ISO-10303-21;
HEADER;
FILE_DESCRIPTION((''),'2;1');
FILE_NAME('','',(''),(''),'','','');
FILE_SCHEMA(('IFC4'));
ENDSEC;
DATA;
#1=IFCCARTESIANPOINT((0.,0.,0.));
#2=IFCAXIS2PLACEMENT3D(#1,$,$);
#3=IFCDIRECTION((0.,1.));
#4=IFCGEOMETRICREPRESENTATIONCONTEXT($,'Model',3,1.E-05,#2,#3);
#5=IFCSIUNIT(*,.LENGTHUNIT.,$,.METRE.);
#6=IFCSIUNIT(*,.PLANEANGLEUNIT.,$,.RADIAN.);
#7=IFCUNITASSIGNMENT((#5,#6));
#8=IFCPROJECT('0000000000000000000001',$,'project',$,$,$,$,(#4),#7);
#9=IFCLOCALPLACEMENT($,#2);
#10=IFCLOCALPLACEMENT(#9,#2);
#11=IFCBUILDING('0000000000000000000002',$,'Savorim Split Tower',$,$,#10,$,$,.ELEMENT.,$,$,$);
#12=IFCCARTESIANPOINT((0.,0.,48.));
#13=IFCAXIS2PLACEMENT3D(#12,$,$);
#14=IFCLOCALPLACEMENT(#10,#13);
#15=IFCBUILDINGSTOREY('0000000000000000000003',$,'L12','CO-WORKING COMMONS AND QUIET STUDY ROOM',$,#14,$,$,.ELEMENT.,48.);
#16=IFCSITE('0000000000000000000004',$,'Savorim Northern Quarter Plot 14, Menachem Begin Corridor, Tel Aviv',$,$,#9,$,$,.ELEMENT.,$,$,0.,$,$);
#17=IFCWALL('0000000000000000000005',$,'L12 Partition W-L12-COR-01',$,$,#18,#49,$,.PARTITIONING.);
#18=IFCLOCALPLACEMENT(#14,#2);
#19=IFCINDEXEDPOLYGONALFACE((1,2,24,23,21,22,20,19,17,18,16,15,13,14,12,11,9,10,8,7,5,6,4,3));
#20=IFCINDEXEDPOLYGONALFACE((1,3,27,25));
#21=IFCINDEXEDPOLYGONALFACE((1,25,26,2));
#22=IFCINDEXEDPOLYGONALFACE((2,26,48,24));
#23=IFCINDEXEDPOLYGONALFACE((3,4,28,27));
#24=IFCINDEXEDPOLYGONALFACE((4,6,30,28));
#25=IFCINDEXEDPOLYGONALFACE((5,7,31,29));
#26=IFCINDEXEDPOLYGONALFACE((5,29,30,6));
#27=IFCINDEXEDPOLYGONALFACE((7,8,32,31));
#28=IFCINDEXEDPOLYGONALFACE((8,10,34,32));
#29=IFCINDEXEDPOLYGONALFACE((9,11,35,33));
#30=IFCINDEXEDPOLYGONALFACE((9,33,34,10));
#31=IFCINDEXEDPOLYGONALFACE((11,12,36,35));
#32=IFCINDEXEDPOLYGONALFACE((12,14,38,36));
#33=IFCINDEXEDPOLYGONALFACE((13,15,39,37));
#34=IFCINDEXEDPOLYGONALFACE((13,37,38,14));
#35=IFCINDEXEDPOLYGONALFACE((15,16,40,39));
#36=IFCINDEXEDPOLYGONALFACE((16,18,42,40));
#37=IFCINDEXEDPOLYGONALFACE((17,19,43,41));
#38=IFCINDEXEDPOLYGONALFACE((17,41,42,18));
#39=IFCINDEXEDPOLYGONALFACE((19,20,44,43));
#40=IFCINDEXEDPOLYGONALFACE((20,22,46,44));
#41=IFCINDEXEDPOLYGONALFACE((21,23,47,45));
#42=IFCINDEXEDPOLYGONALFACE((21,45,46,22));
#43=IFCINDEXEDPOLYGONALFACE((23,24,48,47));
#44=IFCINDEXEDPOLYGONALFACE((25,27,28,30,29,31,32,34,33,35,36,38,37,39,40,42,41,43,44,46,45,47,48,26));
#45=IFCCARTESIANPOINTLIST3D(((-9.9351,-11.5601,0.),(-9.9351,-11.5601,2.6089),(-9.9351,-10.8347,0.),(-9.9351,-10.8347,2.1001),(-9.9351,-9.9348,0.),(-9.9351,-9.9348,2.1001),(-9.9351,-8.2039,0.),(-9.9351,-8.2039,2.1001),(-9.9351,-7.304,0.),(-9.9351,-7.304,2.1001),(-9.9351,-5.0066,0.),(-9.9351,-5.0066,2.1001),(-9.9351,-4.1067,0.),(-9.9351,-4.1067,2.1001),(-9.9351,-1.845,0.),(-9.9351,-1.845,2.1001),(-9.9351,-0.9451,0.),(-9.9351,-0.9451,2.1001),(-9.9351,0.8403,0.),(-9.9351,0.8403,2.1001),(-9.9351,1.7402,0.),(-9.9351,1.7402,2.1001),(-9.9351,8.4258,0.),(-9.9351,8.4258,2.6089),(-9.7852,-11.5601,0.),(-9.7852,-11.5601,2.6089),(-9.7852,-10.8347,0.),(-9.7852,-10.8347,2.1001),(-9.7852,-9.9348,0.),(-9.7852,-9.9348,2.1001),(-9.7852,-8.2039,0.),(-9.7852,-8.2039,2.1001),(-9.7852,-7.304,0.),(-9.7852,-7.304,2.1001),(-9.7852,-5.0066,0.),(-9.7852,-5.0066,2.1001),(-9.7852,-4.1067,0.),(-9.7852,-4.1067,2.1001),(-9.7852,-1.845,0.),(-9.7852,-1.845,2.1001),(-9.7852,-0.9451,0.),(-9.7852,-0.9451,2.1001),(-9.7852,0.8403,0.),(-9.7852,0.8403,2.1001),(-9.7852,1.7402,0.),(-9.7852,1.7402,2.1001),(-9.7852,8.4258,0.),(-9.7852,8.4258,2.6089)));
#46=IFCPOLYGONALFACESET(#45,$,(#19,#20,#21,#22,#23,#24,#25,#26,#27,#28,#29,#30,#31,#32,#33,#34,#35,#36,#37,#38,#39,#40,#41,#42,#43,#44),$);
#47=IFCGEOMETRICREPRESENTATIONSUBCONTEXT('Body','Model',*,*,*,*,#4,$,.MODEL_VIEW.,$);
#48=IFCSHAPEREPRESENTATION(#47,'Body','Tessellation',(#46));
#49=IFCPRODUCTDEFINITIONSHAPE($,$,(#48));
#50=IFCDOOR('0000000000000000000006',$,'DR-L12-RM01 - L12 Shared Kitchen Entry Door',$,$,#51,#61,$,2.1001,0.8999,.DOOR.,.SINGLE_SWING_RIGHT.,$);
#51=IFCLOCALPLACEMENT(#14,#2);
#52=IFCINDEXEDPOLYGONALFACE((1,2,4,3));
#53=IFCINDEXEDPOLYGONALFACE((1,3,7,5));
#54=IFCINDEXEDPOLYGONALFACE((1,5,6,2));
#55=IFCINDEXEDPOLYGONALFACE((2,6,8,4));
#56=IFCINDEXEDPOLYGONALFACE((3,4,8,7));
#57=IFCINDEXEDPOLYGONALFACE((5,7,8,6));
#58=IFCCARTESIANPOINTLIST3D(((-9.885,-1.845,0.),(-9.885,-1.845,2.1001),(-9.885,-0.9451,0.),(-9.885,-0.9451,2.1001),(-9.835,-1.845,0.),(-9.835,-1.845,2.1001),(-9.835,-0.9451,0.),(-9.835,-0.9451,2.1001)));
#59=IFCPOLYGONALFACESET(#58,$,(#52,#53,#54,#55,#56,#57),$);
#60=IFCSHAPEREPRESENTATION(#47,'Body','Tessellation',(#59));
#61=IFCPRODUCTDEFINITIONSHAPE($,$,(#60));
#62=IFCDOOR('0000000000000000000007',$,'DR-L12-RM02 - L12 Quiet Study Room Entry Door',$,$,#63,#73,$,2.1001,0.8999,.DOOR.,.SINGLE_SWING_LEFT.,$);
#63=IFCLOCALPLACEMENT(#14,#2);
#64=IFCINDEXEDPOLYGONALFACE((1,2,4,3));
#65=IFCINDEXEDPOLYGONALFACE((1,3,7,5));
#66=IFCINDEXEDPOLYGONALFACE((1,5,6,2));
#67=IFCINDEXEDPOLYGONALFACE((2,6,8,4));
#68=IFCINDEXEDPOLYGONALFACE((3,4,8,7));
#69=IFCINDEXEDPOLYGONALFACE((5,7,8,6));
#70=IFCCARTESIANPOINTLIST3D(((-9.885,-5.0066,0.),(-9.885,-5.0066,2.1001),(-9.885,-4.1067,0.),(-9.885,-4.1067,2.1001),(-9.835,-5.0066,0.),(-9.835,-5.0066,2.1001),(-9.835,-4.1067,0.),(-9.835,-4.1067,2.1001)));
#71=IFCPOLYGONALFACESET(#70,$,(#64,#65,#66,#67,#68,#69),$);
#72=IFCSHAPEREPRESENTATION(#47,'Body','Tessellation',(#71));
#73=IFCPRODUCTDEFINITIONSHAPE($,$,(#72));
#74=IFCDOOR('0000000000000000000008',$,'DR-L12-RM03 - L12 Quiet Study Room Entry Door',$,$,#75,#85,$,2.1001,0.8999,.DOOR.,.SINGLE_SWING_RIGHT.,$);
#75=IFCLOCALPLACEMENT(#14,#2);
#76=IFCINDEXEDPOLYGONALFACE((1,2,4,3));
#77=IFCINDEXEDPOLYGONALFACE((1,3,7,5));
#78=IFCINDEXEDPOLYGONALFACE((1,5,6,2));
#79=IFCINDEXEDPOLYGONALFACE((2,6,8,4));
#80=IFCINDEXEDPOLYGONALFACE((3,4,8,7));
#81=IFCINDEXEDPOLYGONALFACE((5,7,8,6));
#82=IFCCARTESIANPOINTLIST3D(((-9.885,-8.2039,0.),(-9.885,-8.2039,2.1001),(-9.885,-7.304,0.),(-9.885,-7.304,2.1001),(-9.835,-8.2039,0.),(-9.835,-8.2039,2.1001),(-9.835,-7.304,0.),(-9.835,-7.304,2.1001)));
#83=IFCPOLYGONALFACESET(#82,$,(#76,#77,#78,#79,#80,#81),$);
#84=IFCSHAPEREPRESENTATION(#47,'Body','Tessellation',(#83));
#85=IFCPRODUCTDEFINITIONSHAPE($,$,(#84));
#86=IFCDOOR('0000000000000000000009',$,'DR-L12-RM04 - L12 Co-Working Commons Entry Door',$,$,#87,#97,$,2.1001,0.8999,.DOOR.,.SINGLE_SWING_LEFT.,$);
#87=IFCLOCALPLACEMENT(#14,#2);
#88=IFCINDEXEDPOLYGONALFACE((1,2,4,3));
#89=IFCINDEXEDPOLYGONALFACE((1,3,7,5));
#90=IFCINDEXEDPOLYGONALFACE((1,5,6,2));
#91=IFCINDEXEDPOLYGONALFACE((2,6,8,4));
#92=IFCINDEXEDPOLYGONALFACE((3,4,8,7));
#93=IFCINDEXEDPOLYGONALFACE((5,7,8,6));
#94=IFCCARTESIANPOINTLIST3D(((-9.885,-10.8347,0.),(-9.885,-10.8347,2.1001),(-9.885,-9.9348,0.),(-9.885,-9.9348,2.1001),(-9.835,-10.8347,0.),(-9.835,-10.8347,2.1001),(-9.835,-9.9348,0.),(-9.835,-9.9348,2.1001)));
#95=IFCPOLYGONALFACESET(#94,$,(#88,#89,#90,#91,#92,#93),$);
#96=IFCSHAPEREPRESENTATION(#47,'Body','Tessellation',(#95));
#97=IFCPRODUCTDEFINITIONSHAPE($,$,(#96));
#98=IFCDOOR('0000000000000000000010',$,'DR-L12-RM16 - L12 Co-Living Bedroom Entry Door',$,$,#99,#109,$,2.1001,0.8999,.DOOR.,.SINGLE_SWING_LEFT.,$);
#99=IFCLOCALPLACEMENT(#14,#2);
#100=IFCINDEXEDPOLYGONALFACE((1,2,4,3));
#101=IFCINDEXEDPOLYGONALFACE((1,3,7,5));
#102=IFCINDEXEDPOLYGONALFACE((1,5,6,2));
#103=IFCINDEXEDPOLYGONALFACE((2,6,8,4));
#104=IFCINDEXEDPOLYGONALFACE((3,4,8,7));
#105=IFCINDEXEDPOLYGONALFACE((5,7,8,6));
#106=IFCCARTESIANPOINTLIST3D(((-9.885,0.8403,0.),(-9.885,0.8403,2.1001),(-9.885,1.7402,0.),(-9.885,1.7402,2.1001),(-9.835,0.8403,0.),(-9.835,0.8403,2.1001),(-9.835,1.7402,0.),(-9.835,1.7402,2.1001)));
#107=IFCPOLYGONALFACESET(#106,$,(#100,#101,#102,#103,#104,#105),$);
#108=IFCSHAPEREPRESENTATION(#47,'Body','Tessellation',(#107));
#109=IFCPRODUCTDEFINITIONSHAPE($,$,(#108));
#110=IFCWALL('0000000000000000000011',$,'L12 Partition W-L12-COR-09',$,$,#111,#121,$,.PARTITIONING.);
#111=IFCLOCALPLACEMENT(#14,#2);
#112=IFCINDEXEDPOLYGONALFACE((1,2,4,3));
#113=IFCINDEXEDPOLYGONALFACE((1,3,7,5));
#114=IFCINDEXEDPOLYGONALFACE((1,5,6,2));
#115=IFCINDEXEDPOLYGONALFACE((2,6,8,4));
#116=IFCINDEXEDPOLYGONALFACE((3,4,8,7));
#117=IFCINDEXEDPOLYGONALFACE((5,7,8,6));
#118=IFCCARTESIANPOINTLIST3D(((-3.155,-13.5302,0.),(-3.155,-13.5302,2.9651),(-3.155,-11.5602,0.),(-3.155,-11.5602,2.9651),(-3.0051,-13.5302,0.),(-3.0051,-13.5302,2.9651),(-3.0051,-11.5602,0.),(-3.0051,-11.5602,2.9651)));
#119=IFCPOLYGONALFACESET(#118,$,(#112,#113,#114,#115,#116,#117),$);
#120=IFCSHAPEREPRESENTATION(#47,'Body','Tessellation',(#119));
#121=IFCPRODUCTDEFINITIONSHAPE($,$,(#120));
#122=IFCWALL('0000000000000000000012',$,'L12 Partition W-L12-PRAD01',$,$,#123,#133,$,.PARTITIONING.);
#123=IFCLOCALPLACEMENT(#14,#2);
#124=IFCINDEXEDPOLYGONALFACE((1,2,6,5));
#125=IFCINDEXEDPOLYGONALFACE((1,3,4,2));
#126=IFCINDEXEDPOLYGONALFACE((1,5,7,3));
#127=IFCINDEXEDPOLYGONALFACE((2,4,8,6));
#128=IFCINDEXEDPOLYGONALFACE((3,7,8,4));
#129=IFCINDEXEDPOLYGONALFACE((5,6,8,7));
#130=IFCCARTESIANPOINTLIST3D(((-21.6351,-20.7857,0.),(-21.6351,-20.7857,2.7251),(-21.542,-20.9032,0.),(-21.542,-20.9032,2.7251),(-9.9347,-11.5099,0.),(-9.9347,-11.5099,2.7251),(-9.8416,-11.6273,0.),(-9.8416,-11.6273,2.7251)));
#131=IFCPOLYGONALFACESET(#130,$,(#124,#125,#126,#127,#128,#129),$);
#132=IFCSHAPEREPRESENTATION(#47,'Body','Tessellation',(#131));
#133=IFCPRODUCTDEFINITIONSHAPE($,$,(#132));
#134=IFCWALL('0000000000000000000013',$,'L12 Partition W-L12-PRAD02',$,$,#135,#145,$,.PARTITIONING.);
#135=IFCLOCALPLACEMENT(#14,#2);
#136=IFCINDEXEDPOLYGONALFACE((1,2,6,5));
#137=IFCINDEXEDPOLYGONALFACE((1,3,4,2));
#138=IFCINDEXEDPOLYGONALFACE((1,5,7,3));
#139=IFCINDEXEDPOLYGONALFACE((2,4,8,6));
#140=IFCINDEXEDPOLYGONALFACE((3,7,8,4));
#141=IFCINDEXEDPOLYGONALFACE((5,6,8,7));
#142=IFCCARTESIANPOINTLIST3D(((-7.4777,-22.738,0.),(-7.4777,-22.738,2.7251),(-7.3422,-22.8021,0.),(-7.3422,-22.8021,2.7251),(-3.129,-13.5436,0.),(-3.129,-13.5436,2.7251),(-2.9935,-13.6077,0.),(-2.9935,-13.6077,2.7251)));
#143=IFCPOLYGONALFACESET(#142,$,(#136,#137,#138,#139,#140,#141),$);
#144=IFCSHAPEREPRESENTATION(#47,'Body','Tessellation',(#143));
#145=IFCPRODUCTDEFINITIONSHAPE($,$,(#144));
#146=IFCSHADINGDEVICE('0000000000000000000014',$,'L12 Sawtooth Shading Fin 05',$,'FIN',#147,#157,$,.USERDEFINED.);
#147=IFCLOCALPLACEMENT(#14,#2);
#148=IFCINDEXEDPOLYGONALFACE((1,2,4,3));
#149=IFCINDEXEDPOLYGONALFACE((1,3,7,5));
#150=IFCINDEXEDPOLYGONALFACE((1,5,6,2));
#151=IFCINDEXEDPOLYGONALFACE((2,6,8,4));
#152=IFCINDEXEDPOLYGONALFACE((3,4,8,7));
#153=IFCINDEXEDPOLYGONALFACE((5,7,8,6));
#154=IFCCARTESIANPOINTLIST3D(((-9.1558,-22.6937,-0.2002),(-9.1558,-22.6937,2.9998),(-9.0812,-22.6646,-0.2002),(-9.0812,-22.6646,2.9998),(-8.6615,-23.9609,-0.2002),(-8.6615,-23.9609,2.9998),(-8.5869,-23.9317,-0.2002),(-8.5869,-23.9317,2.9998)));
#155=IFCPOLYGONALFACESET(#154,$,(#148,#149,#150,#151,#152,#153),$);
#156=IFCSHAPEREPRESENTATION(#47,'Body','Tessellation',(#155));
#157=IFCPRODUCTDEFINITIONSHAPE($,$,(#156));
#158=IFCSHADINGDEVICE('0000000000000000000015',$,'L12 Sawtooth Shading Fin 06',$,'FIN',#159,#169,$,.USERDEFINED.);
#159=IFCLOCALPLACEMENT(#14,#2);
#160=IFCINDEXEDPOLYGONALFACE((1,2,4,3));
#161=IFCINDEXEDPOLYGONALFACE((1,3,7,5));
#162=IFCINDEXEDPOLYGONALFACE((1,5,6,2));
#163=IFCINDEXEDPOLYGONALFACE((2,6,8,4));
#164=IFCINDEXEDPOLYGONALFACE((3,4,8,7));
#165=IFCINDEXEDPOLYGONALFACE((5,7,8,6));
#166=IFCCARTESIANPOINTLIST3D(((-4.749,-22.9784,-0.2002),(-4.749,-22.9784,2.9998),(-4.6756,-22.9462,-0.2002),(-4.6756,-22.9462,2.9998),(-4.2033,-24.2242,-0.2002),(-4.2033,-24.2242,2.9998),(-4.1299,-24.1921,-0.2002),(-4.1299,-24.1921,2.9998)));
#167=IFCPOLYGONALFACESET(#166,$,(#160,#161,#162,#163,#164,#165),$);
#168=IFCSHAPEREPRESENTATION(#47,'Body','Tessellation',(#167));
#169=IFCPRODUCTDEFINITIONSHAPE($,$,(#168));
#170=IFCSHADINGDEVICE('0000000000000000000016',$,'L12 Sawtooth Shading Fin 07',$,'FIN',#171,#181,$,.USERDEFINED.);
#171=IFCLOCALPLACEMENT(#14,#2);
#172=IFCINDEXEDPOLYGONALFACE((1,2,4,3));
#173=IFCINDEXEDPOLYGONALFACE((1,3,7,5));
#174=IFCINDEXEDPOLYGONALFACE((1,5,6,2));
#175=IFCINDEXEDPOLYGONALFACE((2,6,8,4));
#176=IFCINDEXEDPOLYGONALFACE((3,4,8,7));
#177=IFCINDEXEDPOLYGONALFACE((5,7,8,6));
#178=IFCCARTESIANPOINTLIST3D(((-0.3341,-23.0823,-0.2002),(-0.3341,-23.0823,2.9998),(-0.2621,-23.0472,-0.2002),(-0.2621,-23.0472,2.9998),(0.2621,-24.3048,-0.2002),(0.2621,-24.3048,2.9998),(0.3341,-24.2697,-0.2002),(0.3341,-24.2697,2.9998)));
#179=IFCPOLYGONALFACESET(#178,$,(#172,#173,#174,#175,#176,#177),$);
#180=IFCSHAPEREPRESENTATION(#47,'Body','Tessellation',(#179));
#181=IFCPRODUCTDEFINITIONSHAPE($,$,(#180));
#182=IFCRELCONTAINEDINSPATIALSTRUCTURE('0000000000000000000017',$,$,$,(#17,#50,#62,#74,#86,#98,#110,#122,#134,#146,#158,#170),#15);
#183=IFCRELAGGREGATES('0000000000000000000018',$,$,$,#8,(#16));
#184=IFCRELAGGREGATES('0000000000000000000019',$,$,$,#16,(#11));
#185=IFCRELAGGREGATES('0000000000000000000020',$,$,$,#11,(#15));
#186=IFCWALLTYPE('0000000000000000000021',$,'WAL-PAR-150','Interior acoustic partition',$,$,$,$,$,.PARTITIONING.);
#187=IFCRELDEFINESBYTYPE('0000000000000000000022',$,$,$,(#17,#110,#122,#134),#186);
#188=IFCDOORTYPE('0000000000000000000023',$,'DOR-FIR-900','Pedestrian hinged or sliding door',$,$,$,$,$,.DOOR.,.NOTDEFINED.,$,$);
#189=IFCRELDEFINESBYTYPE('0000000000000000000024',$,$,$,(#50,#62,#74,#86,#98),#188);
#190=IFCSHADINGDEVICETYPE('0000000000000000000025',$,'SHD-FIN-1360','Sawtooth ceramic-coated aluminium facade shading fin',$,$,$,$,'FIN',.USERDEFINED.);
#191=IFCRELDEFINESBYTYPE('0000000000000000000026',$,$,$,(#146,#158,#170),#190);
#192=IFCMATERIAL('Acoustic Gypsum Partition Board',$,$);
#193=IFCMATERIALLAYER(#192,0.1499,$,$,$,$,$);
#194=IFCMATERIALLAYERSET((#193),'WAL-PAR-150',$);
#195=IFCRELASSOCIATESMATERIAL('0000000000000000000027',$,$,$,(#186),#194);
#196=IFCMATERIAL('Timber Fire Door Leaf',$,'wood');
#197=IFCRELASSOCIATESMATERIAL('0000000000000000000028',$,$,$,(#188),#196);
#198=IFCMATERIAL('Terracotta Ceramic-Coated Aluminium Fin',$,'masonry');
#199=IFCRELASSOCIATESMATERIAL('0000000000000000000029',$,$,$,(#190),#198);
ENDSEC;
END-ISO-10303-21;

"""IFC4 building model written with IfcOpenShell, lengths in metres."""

from ifc_helpers import new_model, si_unit, direction, frame, frame_2d, origin, origin_2d, place, context, subcontext, project, spatial, rectangle, extrude, material, layer, layer_set, type_object, element, fill, save


model = new_model("IFC4")

# Units and contexts
model_context = context("Model", 3, precision=1e-05, world=origin(), true_north=direction((0.0, 1.0)))
body_context = subcontext(model_context, "Body", "Model", "MODEL_VIEW")
ifc_project = project(units=[si_unit("LENGTHUNIT", "METRE"), si_unit("PLANEANGLEUNIT", "RADIAN")], contexts=[model_context])

# Site, building, storey
site_placement = place(None, origin())
site = spatial("IfcSite", under=ifc_project, at=site_placement, Name="Savorim Northern Quarter Plot 14, Menachem Begin Corridor, Tel Aviv", CompositionType="ELEMENT", RefElevation=0.0)
building_placement = place(site_placement, origin())
building = spatial("IfcBuilding", under=site, at=building_placement, Name="Savorim Split Tower", CompositionType="ELEMENT")
storey_placement = place(building_placement, frame((0.0, 0.0, 48.0)))
storey = spatial("IfcBuildingStorey", under=building, at=storey_placement, Name="L12", Description="CO-WORKING COMMONS AND QUIET STUDY ROOM", CompositionType="ELEMENT", Elevation=48.0)

# Wall, openings, doors
ifc_material_1 = material(Name="Acoustic Gypsum Partition Board")
ifc_layer_1 = layer(ifc_material_1, 0.1499)
ifc_layer_set_1 = layer_set([ifc_layer_1], Name="WAL-PAR-150")
wall_type = type_object("IfcWallType", Name="WAL-PAR-150", Description="Interior acoustic partition", PredefinedType="PARTITIONING", material=ifc_layer_set_1)
wall_1_placement = place(storey_placement, frame((-9.8601, -11.5601, 0.0), z_axis=(0.0, 0.0, 1.0), x_axis=(0.0, 1.0, 0.0)))
wall_1 = element("IfcWall", 1, at=wall_1_placement, inside=storey, type_object=wall_type, Name="L12 Partition W-L12-COR-01", PredefinedType="PARTITIONING", context=body_context, shape_type="SweptSolid", body=[
    extrude(rectangle(XDim=19.9858, YDim=0.1499, at=frame_2d((9.9929, 0.0))), origin(), (0.0, 0.0, 1.0), 2.6089),
])
opening_1_placement = place(wall_1_placement, frame((9.7151, 0.0, 0.0)))
opening_1 = element("IfcOpeningElement", 2, at=opening_1_placement, cuts=wall_1, PredefinedType="OPENING", context=body_context, shape_type="SweptSolid", body=[
    extrude(rectangle(XDim=0.8999, YDim=2.1001, at=frame_2d((0.45, 1.05))), frame((0.0, 0.085, 0.0), z_axis=(0.0, -1.0, 0.0), x_axis=(1.0, 0.0, 0.0)), (0.0, 0.0, 1.0), 0.1699),
])
opening_2_placement = place(wall_1_placement, frame((6.5535, 0.0, 0.0)))
opening_2 = element("IfcOpeningElement", 3, at=opening_2_placement, cuts=wall_1, PredefinedType="OPENING", context=body_context, shape_type="SweptSolid", body=[
    extrude(rectangle(XDim=0.8999, YDim=2.1001, at=frame_2d((0.45, 1.05))), frame((0.0, 0.085, 0.0), z_axis=(0.0, -1.0, 0.0), x_axis=(1.0, 0.0, 0.0)), (0.0, 0.0, 1.0), 0.1699),
])
opening_3_placement = place(wall_1_placement, frame((3.3562, 0.0, 0.0)))
opening_3 = element("IfcOpeningElement", 4, at=opening_3_placement, cuts=wall_1, PredefinedType="OPENING", context=body_context, shape_type="SweptSolid", body=[
    extrude(rectangle(XDim=0.8999, YDim=2.1001, at=frame_2d((0.45, 1.05))), frame((0.0, 0.085, 0.0), z_axis=(0.0, -1.0, 0.0), x_axis=(1.0, 0.0, 0.0)), (0.0, 0.0, 1.0), 0.1699),
])
opening_4_placement = place(wall_1_placement, frame((0.7253, 0.0, 0.0)))
opening_4 = element("IfcOpeningElement", 5, at=opening_4_placement, cuts=wall_1, PredefinedType="OPENING", context=body_context, shape_type="SweptSolid", body=[
    extrude(rectangle(XDim=0.8999, YDim=2.1001, at=frame_2d((0.45, 1.05))), frame((0.0, 0.085, 0.0), z_axis=(0.0, -1.0, 0.0), x_axis=(1.0, 0.0, 0.0)), (0.0, 0.0, 1.0), 0.1699),
])
opening_5_placement = place(wall_1_placement, frame((12.4004, 0.0, 0.0)))
opening_5 = element("IfcOpeningElement", 6, at=opening_5_placement, cuts=wall_1, PredefinedType="OPENING", context=body_context, shape_type="SweptSolid", body=[
    extrude(rectangle(XDim=0.8999, YDim=2.1001, at=frame_2d((0.45, 1.05))), frame((0.0, 0.085, 0.0), z_axis=(0.0, -1.0, 0.0), x_axis=(1.0, 0.0, 0.0)), (0.0, 0.0, 1.0), 0.1699),
])
ifc_material_2 = material(Name="Timber Fire Door Leaf", Category="wood")
door_type = type_object("IfcDoorType", Name="DOR-FIR-900", Description="Pedestrian hinged or sliding door", OperationType="NOTDEFINED", PredefinedType="DOOR", material=ifc_material_2)
door_1_placement = place(opening_1_placement, origin())
door_1 = element("IfcDoor", 7, at=door_1_placement, inside=storey, type_object=door_type, Name="DR-L12-RM01 - L12 Shared Kitchen Entry Door", OperationType="SINGLE_SWING_RIGHT", OverallHeight=2.1001, OverallWidth=0.8999, PredefinedType="DOOR", context=body_context, shape_type="SweptSolid", body=[
    extrude(rectangle(XDim=0.8999, YDim=2.1001, at=frame_2d((0.45, 1.05))), frame((0.0, 0.0249, 0.0), z_axis=(0.0, -1.0, 0.0), x_axis=(1.0, 0.0, 0.0)), (0.0, 0.0, 1.0), 0.05),
])
fill(opening_1, door_1)
door_2_placement = place(opening_2_placement, origin())
door_2 = element("IfcDoor", 8, at=door_2_placement, inside=storey, type_object=door_type, Name="DR-L12-RM02 - L12 Quiet Study Room Entry Door", OperationType="SINGLE_SWING_LEFT", OverallHeight=2.1001, OverallWidth=0.8999, PredefinedType="DOOR", context=body_context, shape_type="SweptSolid", body=[
    extrude(rectangle(XDim=0.8999, YDim=2.1001, at=frame_2d((0.45, 1.05))), frame((0.0, 0.0249, 0.0), z_axis=(0.0, -1.0, 0.0), x_axis=(1.0, 0.0, 0.0)), (0.0, 0.0, 1.0), 0.05),
])
fill(opening_2, door_2)
door_3_placement = place(opening_3_placement, origin())
door_3 = element("IfcDoor", 9, at=door_3_placement, inside=storey, type_object=door_type, Name="DR-L12-RM03 - L12 Quiet Study Room Entry Door", OperationType="SINGLE_SWING_RIGHT", OverallHeight=2.1001, OverallWidth=0.8999, PredefinedType="DOOR", context=body_context, shape_type="SweptSolid", body=[
    extrude(rectangle(XDim=0.8999, YDim=2.1001, at=frame_2d((0.45, 1.05))), frame((0.0, 0.0249, 0.0), z_axis=(0.0, -1.0, 0.0), x_axis=(1.0, 0.0, 0.0)), (0.0, 0.0, 1.0), 0.05),
])
fill(opening_3, door_3)
door_4_placement = place(opening_4_placement, origin())
door_4 = element("IfcDoor", 10, at=door_4_placement, inside=storey, type_object=door_type, Name="DR-L12-RM04 - L12 Co-Working Commons Entry Door", OperationType="SINGLE_SWING_LEFT", OverallHeight=2.1001, OverallWidth=0.8999, PredefinedType="DOOR", context=body_context, shape_type="SweptSolid", body=[
    extrude(rectangle(XDim=0.8999, YDim=2.1001, at=frame_2d((0.45, 1.05))), frame((0.0, 0.0249, 0.0), z_axis=(0.0, -1.0, 0.0), x_axis=(1.0, 0.0, 0.0)), (0.0, 0.0, 1.0), 0.05),
])
fill(opening_4, door_4)
door_5_placement = place(opening_5_placement, origin())
door_5 = element("IfcDoor", 11, at=door_5_placement, inside=storey, type_object=door_type, Name="DR-L12-RM16 - L12 Co-Living Bedroom Entry Door", OperationType="SINGLE_SWING_LEFT", OverallHeight=2.1001, OverallWidth=0.8999, PredefinedType="DOOR", context=body_context, shape_type="SweptSolid", body=[
    extrude(rectangle(XDim=0.8999, YDim=2.1001, at=frame_2d((0.45, 1.05))), frame((0.0, 0.0249, 0.0), z_axis=(0.0, -1.0, 0.0), x_axis=(1.0, 0.0, 0.0)), (0.0, 0.0, 1.0), 0.05),
])
fill(opening_5, door_5)

# Walls
wall_2_placement = place(storey_placement, frame((-3.0801, -13.53, 0.0), z_axis=(0.0, 0.0, 1.0), x_axis=(0.0, 1.0, 0.0)))
element("IfcWall", 12, at=wall_2_placement, inside=storey, type_object=wall_type, Name="L12 Partition W-L12-COR-09", PredefinedType="PARTITIONING", context=body_context, shape_type="SweptSolid", body=[
    extrude(rectangle(XDim=1.97, YDim=0.1499, at=frame_2d((0.9849, 0.0))), origin(), (0.0, 0.0, 1.0), 2.9651),
])
wall_3_placement = place(storey_placement, frame((-9.8882, -11.5686, 0.0), z_axis=(0.0, 0.0, 1.0), x_axis=(-0.783621, -0.621239, 0.0)))
element("IfcWall", 13, at=wall_3_placement, inside=storey, type_object=wall_type, Name="L12 Partition W-L12-PRAD01", PredefinedType="PARTITIONING", context=body_context, shape_type="SweptSolid", body=[
    extrude(rectangle(XDim=14.9312, YDim=0.1499, at=frame_2d((7.4656, 0.0))), origin(), (0.0, 0.0, 1.0), 2.7251),
])
wall_4_placement = place(storey_placement, frame((-3.0613, -13.5757, 0.0), z_axis=(0.0, 0.0, 1.0), x_axis=(-0.427558, -0.903988, 0.0)))
element("IfcWall", 14, at=wall_4_placement, inside=storey, type_object=wall_type, Name="L12 Partition W-L12-PRAD02", PredefinedType="PARTITIONING", context=body_context, shape_type="SweptSolid", body=[
    extrude(rectangle(XDim=10.1709, YDim=0.1499, at=frame_2d((5.0854, 0.0))), origin(), (0.0, 0.0, 1.0), 2.7251),
])

# Shading devices
ifc_material_3 = material(Name="Terracotta Ceramic-Coated Aluminium Fin", Category="masonry")
shading_device_type = type_object("IfcShadingDeviceType", Name="SHD-FIN-1360", Description="Sawtooth ceramic-coated aluminium facade shading fin", ElementType="FIN", PredefinedType="USERDEFINED", material=ifc_material_3)
for number, where, z_axis, x_axis, name in (
    (15, (-8.8713, -23.3127, -0.2002), (0.0, 0.0, 1.0), (0.363415, -0.931627, 0.0), "L12 Sawtooth Shading Fin 05"),
    (16, (-4.4395, -23.5852, -0.2002), (0.0, 0.0, 1.0), (0.40123, -0.915977, 0.0), "L12 Sawtooth Shading Fin 06"),
    (17, (0.0, -23.676, -0.2002), (0.0, 0.0, 1.0), (0.438371, -0.898794, 0.0), "L12 Sawtooth Shading Fin 07"),
):
    element("IfcShadingDevice", number, at=place(storey_placement, frame(where, z_axis=z_axis, x_axis=x_axis)), inside=storey, type_object=shading_device_type, Name=name, ObjectType="FIN", PredefinedType="USERDEFINED", context=body_context, shape_type="SweptSolid", body=[
        extrude(rectangle(XDim=1.3601, YDim=0.0801, at=origin_2d()), origin(), (0.0, 0.0, 1.0), 3.2),
    ])

save(model, "model.ifc")
